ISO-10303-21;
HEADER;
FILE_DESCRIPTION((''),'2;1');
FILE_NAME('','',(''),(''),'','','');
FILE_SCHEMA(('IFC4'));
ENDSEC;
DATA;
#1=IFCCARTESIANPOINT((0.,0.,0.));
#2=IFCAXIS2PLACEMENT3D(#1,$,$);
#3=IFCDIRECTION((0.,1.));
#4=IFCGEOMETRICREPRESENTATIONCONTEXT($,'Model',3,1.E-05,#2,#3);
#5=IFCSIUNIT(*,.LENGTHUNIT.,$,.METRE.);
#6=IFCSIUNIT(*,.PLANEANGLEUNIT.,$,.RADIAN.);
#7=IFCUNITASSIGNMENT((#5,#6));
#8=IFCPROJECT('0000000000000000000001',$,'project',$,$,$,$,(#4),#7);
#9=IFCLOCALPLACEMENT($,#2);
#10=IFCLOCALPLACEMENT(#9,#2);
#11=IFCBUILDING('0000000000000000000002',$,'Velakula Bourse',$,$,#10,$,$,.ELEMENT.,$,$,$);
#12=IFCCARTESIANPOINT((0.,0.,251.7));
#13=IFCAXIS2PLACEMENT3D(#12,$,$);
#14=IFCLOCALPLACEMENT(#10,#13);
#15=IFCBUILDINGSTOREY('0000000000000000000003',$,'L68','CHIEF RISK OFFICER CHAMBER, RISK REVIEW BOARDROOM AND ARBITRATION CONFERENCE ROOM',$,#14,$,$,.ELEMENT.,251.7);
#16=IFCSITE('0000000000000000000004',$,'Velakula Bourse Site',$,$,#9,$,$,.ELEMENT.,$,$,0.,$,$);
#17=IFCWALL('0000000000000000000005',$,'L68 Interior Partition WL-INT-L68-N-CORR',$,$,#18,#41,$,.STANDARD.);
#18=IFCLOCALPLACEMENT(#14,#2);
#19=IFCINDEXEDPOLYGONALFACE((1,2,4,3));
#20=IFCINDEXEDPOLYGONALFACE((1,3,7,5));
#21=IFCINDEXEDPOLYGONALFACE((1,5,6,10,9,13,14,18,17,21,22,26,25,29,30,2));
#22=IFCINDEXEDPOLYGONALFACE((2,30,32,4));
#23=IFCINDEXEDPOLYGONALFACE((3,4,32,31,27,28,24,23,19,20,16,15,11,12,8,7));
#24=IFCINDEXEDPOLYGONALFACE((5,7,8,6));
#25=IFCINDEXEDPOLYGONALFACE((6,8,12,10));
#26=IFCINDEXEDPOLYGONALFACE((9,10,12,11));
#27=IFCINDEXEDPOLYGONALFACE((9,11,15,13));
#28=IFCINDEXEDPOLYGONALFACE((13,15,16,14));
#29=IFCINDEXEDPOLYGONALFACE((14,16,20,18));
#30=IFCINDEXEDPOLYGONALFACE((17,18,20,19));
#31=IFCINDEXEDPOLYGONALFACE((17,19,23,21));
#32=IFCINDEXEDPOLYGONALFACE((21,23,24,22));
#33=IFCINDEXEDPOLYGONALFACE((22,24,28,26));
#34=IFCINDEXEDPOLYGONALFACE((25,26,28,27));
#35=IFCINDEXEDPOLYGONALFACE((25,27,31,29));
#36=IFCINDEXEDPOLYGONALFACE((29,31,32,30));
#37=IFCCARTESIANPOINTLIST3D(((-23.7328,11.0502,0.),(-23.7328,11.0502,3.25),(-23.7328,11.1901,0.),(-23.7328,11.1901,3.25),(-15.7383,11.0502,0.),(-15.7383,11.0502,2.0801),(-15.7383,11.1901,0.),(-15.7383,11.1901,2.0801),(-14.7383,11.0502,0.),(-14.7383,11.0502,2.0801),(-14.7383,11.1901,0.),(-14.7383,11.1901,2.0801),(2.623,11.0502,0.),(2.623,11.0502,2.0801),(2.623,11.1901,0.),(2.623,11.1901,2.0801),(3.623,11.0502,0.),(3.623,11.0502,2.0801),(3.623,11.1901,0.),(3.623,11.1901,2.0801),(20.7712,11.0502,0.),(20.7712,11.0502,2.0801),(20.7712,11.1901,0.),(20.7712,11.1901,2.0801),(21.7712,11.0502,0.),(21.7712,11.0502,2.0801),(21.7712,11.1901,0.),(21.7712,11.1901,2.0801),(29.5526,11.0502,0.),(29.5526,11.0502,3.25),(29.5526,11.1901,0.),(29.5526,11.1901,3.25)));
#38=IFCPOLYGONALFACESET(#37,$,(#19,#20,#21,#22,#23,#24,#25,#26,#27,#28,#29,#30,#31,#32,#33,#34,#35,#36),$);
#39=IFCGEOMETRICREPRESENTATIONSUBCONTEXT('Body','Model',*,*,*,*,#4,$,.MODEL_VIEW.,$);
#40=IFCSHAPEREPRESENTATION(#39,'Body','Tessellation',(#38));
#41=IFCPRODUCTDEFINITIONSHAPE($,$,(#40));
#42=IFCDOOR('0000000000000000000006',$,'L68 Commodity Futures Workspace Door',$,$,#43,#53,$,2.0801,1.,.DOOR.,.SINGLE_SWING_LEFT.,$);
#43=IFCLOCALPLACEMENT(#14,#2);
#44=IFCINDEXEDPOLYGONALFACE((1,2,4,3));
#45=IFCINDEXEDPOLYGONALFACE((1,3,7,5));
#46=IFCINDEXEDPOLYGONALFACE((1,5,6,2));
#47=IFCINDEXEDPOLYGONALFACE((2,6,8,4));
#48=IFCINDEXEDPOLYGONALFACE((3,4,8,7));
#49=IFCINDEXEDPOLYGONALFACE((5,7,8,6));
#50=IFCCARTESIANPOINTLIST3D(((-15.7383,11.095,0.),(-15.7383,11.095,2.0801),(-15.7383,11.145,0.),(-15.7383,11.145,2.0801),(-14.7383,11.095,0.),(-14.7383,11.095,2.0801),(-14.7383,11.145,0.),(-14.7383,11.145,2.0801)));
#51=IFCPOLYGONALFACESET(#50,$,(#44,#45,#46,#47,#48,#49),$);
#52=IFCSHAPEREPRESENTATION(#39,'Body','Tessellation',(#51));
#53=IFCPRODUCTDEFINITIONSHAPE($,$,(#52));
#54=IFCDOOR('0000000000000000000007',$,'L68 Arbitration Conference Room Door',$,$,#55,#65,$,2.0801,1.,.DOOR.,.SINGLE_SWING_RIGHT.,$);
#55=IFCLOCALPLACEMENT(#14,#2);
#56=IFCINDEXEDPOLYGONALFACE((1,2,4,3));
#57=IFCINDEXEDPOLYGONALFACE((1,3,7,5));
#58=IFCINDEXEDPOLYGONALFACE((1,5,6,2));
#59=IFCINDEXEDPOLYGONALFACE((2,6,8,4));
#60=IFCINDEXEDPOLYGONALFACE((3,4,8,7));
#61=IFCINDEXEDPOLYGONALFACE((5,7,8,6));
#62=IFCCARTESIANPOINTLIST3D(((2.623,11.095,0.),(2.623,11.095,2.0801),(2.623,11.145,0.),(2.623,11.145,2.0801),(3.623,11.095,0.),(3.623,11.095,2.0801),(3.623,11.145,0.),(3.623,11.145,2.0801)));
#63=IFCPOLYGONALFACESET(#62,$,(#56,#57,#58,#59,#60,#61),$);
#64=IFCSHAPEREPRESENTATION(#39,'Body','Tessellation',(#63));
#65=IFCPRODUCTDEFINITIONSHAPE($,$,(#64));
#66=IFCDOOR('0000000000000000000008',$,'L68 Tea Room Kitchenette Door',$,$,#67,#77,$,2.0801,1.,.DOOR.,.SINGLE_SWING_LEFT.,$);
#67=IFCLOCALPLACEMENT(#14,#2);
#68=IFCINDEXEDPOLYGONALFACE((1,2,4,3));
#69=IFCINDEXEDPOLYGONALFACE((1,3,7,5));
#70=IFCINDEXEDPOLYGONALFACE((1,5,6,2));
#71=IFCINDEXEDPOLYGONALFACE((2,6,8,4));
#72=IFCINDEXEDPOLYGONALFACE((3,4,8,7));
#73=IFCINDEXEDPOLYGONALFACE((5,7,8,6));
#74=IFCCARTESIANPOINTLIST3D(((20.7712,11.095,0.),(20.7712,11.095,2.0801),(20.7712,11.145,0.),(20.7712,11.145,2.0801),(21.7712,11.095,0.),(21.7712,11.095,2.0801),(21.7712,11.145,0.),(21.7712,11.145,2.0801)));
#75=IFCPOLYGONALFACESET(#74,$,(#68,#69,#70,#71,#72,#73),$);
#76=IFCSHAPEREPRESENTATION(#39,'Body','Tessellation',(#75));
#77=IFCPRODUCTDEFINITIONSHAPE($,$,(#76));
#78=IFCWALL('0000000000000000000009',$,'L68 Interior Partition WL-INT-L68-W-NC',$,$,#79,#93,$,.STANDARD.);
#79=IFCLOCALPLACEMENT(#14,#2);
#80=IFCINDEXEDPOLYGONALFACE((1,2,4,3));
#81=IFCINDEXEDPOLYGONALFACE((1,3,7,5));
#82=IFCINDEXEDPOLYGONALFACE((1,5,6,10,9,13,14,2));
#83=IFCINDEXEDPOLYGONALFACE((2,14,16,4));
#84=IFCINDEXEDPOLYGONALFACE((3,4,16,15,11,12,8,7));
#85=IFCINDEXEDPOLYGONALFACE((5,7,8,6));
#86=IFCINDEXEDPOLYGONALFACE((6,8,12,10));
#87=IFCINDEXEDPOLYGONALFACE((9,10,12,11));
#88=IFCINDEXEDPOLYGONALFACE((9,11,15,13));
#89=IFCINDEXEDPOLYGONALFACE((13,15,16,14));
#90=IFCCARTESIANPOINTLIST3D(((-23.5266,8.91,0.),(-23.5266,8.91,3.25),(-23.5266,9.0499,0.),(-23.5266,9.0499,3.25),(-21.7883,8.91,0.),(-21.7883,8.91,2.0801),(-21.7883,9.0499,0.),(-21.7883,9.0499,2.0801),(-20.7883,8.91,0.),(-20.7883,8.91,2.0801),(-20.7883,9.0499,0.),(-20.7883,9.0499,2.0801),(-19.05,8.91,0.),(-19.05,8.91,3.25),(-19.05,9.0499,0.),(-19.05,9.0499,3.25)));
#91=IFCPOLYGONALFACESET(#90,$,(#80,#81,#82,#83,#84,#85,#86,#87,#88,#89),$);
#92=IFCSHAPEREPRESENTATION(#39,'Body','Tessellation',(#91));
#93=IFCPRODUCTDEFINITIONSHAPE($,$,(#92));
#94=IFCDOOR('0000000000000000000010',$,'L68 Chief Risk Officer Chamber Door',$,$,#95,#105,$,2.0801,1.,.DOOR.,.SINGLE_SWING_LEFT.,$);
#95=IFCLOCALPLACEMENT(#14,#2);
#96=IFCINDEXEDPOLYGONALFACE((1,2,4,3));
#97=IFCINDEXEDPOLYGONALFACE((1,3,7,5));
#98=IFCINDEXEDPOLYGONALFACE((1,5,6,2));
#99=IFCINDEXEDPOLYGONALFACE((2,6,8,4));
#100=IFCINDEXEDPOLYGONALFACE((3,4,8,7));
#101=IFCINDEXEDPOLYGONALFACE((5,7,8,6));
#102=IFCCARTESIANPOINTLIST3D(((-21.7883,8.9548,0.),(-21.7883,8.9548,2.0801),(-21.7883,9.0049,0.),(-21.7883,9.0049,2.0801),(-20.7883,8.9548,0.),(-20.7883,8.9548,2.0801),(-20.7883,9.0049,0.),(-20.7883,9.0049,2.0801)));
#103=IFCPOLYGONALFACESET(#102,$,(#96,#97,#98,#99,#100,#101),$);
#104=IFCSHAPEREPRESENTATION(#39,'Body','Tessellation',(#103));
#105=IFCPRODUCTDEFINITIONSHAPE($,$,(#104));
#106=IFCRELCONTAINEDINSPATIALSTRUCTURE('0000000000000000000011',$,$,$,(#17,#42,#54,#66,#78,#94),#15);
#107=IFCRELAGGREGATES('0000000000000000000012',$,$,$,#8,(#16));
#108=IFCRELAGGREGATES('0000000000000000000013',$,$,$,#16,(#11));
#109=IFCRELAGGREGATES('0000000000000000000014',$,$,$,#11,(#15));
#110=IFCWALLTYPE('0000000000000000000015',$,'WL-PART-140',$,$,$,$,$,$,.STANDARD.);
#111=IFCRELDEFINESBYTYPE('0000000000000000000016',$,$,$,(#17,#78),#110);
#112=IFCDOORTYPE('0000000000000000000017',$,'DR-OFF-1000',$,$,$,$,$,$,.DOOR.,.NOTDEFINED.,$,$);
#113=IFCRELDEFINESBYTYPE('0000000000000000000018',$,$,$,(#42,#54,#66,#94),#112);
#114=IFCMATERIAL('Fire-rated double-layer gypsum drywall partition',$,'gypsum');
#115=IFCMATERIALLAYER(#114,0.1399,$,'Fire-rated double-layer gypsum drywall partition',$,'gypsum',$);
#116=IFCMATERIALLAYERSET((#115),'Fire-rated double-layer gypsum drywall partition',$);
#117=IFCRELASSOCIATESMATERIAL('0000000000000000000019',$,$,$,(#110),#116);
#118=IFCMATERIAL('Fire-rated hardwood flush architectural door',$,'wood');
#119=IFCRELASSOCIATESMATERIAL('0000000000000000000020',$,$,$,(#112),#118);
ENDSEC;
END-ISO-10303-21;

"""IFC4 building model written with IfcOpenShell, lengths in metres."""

from ifc_helpers import new_model, si_unit, direction, frame, frame_2d, origin, place, context, subcontext, project, spatial, rectangle, extrude, material, layer, layer_set, type_object, element, fill, save


model = new_model("IFC4")

# Units and contexts
model_context = context("Model", 3, precision=1e-05, world=origin(), true_north=direction((0.0, 1.0)))
body_context = subcontext(model_context, "Body", "Model", "MODEL_VIEW")
ifc_project = project(units=[si_unit("LENGTHUNIT", "METRE"), si_unit("PLANEANGLEUNIT", "RADIAN")], contexts=[model_context])

# Site, building, storey
site_placement = place(None, origin())
site = spatial("IfcSite", under=ifc_project, at=site_placement, Name="Velakula Bourse Site", CompositionType="ELEMENT", RefElevation=0.0)
building_placement = place(site_placement, origin())
building = spatial("IfcBuilding", under=site, at=building_placement, Name="Velakula Bourse", CompositionType="ELEMENT")
storey_placement = place(building_placement, frame((0.0, 0.0, 251.7)))
storey = spatial("IfcBuildingStorey", under=building, at=storey_placement, Name="L68", Description="CHIEF RISK OFFICER CHAMBER, RISK REVIEW BOARDROOM AND ARBITRATION CONFERENCE ROOM", CompositionType="ELEMENT", Elevation=251.7)

# Shared definitions
ifc_material_1 = material(Name="Fire-rated hardwood flush architectural door", Category="wood")

# Wall, openings, doors
ifc_material_2 = material(Name="Fire-rated double-layer gypsum drywall partition", Category="gypsum")
ifc_layer_1 = layer(ifc_material_2, 0.1399, Name="Fire-rated double-layer gypsum drywall partition", Category="gypsum")
ifc_layer_set_1 = layer_set([ifc_layer_1], Name="Fire-rated double-layer gypsum drywall partition")
wall_type_1 = type_object("IfcWallType", Name="WL-PART-140", PredefinedType="STANDARD", material=ifc_layer_set_1)
wall_1_placement = place(storey_placement, frame((-23.7327, 11.1201, 0.0), z_axis=(0.0, 0.0, 1.0), x_axis=(1.0, 0.0, 0.0)))
wall_1 = element("IfcWall", 1, at=wall_1_placement, inside=storey, type_object=wall_type_1, Name="L68 Interior Partition WL-INT-L68-N-CORR", PredefinedType="STANDARD", context=body_context, shape_type="SweptSolid", body=[
    extrude(rectangle(XDim=53.2854, YDim=0.1399, at=frame_2d((26.6426, 0.0))), origin(), (0.0, 0.0, 1.0), 3.25),
])
opening_1_placement = place(wall_1_placement, frame((7.9944, 0.0, 0.0)))
opening_1 = element("IfcOpeningElement", 2, at=opening_1_placement, cuts=wall_1, PredefinedType="OPENING", context=body_context, shape_type="SweptSolid", body=[
    extrude(rectangle(XDim=1.0, YDim=2.0801, at=frame_2d((0.5, 1.04))), frame((0.0, 0.0798, 0.0), z_axis=(0.0, -1.0, 0.0), x_axis=(1.0, 0.0, 0.0)), (0.0, 0.0, 1.0), 0.1599),
])
opening_2_placement = place(wall_1_placement, frame((26.3557, 0.0, 0.0)))
opening_2 = element("IfcOpeningElement", 3, at=opening_2_placement, cuts=wall_1, PredefinedType="OPENING", context=body_context, shape_type="SweptSolid", body=[
    extrude(rectangle(XDim=1.0, YDim=2.0801, at=frame_2d((0.5, 1.04))), frame((0.0, 0.0798, 0.0), z_axis=(0.0, -1.0, 0.0), x_axis=(1.0, 0.0, 0.0)), (0.0, 0.0, 1.0), 0.1599),
])
opening_3_placement = place(wall_1_placement, frame((44.5039, 0.0, 0.0)))
opening_3 = element("IfcOpeningElement", 4, at=opening_3_placement, cuts=wall_1, PredefinedType="OPENING", context=body_context, shape_type="SweptSolid", body=[
    extrude(rectangle(XDim=1.0, YDim=2.0801, at=frame_2d((0.5, 1.04))), frame((0.0, 0.0798, 0.0), z_axis=(0.0, -1.0, 0.0), x_axis=(1.0, 0.0, 0.0)), (0.0, 0.0, 1.0), 0.1599),
])
door_type_1 = type_object("IfcDoorType", Name="DR-OFF-1000", OperationType="NOTDEFINED", PredefinedType="DOOR", material=ifc_material_1)
door_1_placement = place(opening_1_placement, origin())
door_1 = element("IfcDoor", 5, at=door_1_placement, inside=storey, type_object=door_type_1, Name="L68 Commodity Futures Workspace Door", OperationType="SINGLE_SWING_LEFT", OverallHeight=2.0801, OverallWidth=1.0, PredefinedType="DOOR", context=body_context, shape_type="SweptSolid", body=[
    extrude(rectangle(XDim=1.0, YDim=2.0801, at=frame_2d((0.5, 1.04))), frame((0.0, 0.0249, 0.0), z_axis=(0.0, -1.0, 0.0), x_axis=(1.0, 0.0, 0.0)), (0.0, 0.0, 1.0), 0.05),
])
fill(opening_1, door_1)
door_2_placement = place(opening_2_placement, origin())
door_2 = element("IfcDoor", 6, at=door_2_placement, inside=storey, type_object=door_type_1, Name="L68 Arbitration Conference Room Door", OperationType="SINGLE_SWING_RIGHT", OverallHeight=2.0801, OverallWidth=1.0, PredefinedType="DOOR", context=body_context, shape_type="SweptSolid", body=[
    extrude(rectangle(XDim=1.0, YDim=2.0801, at=frame_2d((0.5, 1.04))), frame((0.0, 0.0249, 0.0), z_axis=(0.0, -1.0, 0.0), x_axis=(1.0, 0.0, 0.0)), (0.0, 0.0, 1.0), 0.05),
])
fill(opening_2, door_2)
door_3_placement = place(opening_3_placement, origin())
door_3 = element("IfcDoor", 7, at=door_3_placement, inside=storey, type_object=door_type_1, Name="L68 Tea Room Kitchenette Door", OperationType="SINGLE_SWING_LEFT", OverallHeight=2.0801, OverallWidth=1.0, PredefinedType="DOOR", context=body_context, shape_type="SweptSolid", body=[
    extrude(rectangle(XDim=1.0, YDim=2.0801, at=frame_2d((0.5, 1.04))), frame((0.0, 0.0249, 0.0), z_axis=(0.0, -1.0, 0.0), x_axis=(1.0, 0.0, 0.0)), (0.0, 0.0, 1.0), 0.05),
])
fill(opening_3, door_3)

# Wall, opening, door
wall_2_placement = place(storey_placement, frame((-23.5266, 8.98, 0.0), z_axis=(0.0, 0.0, 1.0), x_axis=(1.0, 0.0, 0.0)))
wall_2 = element("IfcWall", 8, at=wall_2_placement, inside=storey, type_object=wall_type_1, Name="L68 Interior Partition WL-INT-L68-W-NC", PredefinedType="STANDARD", context=body_context, shape_type="SweptSolid", body=[
    extrude(rectangle(XDim=4.4766, YDim=0.1399, at=frame_2d((2.2383, 0.0))), origin(), (0.0, 0.0, 1.0), 3.25),
])
opening_4_placement = place(wall_2_placement, frame((1.7383, 0.0, 0.0)))
opening_4 = element("IfcOpeningElement", 9, at=opening_4_placement, cuts=wall_2, PredefinedType="OPENING", context=body_context, shape_type="SweptSolid", body=[
    extrude(rectangle(XDim=1.0, YDim=2.0801, at=frame_2d((0.5, 1.04))), frame((0.0, 0.0798, 0.0), z_axis=(0.0, -1.0, 0.0), x_axis=(1.0, 0.0, 0.0)), (0.0, 0.0, 1.0), 0.1599),
])
door_4_placement = place(opening_4_placement, origin())
door_4 = element("IfcDoor", 10, at=door_4_placement, inside=storey, type_object=door_type_1, Name="L68 Chief Risk Officer Chamber Door", OperationType="SINGLE_SWING_LEFT", OverallHeight=2.0801, OverallWidth=1.0, PredefinedType="DOOR", context=body_context, shape_type="SweptSolid", body=[
    extrude(rectangle(XDim=1.0, YDim=2.0801, at=frame_2d((0.5, 1.04))), frame((0.0, 0.0249, 0.0), z_axis=(0.0, -1.0, 0.0), x_axis=(1.0, 0.0, 0.0)), (0.0, 0.0, 1.0), 0.05),
])
fill(opening_4, door_4)

save(model, "model.ifc")
